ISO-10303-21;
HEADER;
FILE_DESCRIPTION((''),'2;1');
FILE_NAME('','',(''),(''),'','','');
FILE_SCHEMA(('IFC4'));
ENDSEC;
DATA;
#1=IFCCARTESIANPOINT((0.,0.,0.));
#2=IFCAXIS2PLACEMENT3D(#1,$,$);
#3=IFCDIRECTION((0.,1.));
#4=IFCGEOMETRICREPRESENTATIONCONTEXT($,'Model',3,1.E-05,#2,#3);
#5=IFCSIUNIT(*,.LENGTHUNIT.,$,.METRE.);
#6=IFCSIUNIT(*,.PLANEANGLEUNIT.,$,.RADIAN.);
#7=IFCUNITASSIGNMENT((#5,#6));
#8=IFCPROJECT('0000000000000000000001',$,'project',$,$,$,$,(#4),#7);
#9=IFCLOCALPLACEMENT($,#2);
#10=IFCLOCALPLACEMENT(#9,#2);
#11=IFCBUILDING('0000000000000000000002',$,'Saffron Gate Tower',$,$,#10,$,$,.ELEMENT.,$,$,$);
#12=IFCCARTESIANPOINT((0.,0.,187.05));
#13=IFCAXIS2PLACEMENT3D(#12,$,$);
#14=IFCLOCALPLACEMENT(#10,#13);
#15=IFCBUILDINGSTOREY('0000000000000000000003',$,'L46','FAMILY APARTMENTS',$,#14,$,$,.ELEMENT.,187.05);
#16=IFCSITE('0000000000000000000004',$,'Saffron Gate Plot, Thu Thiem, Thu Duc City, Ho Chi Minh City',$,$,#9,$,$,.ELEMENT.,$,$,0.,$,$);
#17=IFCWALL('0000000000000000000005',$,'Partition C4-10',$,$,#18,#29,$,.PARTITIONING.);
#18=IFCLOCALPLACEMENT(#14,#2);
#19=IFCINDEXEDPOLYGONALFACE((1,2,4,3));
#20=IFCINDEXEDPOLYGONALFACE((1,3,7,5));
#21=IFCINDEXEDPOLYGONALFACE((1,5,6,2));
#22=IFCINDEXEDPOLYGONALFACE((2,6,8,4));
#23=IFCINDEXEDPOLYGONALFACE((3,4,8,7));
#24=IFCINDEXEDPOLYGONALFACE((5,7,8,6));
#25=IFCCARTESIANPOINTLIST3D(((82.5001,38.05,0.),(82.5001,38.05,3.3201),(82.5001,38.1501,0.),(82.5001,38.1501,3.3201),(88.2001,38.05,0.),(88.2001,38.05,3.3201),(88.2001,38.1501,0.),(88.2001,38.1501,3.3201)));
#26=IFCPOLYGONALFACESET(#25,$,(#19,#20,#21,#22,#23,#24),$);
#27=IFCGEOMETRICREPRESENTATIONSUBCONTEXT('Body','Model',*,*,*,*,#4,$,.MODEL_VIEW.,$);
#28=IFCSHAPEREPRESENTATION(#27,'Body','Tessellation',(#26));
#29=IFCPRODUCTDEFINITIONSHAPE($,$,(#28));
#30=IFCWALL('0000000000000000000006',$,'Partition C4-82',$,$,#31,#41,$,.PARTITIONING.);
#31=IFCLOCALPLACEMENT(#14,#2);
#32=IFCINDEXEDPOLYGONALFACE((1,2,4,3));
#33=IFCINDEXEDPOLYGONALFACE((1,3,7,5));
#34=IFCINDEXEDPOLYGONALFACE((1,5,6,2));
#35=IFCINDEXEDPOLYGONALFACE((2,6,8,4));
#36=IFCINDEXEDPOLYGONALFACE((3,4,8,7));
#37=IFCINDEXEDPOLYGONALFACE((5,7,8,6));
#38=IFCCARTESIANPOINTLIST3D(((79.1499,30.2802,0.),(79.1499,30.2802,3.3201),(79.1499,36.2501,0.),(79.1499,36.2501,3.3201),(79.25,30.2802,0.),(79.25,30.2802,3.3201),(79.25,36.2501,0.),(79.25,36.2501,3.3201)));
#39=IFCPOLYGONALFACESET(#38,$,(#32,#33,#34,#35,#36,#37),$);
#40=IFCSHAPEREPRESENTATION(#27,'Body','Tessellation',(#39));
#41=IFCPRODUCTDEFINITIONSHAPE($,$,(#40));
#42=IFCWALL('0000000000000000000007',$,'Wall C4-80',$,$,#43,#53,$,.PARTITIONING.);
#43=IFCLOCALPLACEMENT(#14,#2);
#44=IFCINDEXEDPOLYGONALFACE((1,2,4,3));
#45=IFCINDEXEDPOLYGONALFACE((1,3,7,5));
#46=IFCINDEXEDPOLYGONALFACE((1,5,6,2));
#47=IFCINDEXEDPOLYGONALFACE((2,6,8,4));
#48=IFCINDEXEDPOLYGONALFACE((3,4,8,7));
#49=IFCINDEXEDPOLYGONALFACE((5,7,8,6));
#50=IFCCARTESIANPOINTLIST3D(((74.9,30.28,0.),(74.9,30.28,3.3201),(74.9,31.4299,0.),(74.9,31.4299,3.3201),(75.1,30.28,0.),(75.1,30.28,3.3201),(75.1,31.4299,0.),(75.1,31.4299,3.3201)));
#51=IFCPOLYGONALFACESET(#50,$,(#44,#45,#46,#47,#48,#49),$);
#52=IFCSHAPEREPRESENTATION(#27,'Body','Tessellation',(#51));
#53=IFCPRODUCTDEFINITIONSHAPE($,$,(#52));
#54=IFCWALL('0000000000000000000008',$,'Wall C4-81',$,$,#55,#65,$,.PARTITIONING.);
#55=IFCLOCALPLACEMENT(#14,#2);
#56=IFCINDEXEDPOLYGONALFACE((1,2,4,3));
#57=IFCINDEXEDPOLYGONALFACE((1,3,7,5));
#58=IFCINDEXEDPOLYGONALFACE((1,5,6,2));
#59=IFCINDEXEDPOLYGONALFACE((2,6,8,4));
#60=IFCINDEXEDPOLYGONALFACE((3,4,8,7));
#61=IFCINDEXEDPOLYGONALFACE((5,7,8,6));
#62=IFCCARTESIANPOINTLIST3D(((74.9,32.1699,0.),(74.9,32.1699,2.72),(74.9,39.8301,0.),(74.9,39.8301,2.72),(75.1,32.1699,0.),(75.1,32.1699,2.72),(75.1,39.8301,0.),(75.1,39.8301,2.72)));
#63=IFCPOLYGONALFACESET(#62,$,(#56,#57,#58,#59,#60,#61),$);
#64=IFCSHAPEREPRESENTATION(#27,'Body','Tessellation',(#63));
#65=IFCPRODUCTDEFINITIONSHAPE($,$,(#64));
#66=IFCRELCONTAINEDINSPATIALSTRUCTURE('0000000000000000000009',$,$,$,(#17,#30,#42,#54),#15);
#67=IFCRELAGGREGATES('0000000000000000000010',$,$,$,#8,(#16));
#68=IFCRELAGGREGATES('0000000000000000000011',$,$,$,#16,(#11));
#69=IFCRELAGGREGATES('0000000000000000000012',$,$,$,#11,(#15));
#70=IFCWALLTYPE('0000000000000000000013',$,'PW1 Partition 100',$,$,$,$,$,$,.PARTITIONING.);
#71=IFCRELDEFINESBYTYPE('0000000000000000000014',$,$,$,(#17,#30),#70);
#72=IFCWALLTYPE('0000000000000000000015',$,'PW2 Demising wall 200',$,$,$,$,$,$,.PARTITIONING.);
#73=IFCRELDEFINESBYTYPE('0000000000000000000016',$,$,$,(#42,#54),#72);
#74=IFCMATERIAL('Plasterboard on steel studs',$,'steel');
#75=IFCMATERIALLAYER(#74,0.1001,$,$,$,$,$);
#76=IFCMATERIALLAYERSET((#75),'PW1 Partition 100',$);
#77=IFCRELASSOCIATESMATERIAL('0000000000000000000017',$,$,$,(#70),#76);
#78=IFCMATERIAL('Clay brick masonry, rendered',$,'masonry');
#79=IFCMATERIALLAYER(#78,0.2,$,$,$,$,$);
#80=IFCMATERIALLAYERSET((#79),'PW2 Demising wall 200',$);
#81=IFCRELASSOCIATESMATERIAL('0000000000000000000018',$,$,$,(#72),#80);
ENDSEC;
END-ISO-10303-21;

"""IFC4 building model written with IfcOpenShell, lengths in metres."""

from ifc_helpers import new_model, si_unit, direction, frame, frame_2d, origin, place, context, subcontext, project, spatial, rectangle, extrude, material, layer, layer_set, type_object, element, save


model = new_model("IFC4")

# Units and contexts
model_context = context("Model", 3, precision=1e-05, world=origin(), true_north=direction((0.0, 1.0)))
body_context = subcontext(model_context, "Body", "Model", "MODEL_VIEW")
ifc_project = project(units=[si_unit("LENGTHUNIT", "METRE"), si_unit("PLANEANGLEUNIT", "RADIAN")], contexts=[model_context])

# Site, building, storey
site_placement = place(None, origin())
site = spatial("IfcSite", under=ifc_project, at=site_placement, Name="Saffron Gate Plot, Thu Thiem, Thu Duc City, Ho Chi Minh City", CompositionType="ELEMENT", RefElevation=0.0)
building_placement = place(site_placement, origin())
building = spatial("IfcBuilding", under=site, at=building_placement, Name="Saffron Gate Tower", CompositionType="ELEMENT")
storey_placement = place(building_placement, frame((0.0, 0.0, 187.05)))
storey = spatial("IfcBuildingStorey", under=building, at=storey_placement, Name="L46", Description="FAMILY APARTMENTS", CompositionType="ELEMENT", Elevation=187.05)

# Shared definitions
ifc_material_1 = material(Name="Plasterboard on steel studs", Category="steel")
ifc_layer_1 = layer(ifc_material_1, 0.1001)
ifc_layer_set_1 = layer_set([ifc_layer_1], Name="PW1 Partition 100")
wall_type_1 = type_object("IfcWallType", Name="PW1 Partition 100", PredefinedType="PARTITIONING", material=ifc_layer_set_1)

# Walls
wall_1_placement = place(storey_placement, frame((82.5, 38.1001, 0.0), z_axis=(0.0, 0.0, 1.0), x_axis=(1.0, 0.0, 0.0)))
element("IfcWall", 1, at=wall_1_placement, inside=storey, type_object=wall_type_1, Name="Partition C4-10", PredefinedType="PARTITIONING", context=body_context, shape_type="SweptSolid", body=[
    extrude(rectangle(XDim=5.7, YDim=0.1001, at=frame_2d((2.8501, 0.0))), origin(), (0.0, 0.0, 1.0), 3.3201),
])
wall_2_placement = place(storey_placement, frame((79.2, 36.25, 0.0), z_axis=(0.0, 0.0, 1.0), x_axis=(0.0, -1.0, 0.0)))
element("IfcWall", 2, at=wall_2_placement, inside=storey, type_object=wall_type_1, Name="Partition C4-82", PredefinedType="PARTITIONING", context=body_context, shape_type="SweptSolid", body=[
    extrude(rectangle(XDim=5.97, YDim=0.1001, at=frame_2d((2.9849, 0.0))), origin(), (0.0, 0.0, 1.0), 3.3201),
])
ifc_material_2 = material(Name="Clay brick masonry, rendered", Category="masonry")
ifc_layer_2 = layer(ifc_material_2, 0.2)
ifc_layer_set_2 = layer_set([ifc_layer_2], Name="PW2 Demising wall 200")
wall_type_2 = type_object("IfcWallType", Name="PW2 Demising wall 200", PredefinedType="PARTITIONING", material=ifc_layer_set_2)
wall_3_placement = place(storey_placement, frame((75.0, 31.4299, 0.0), z_axis=(0.0, 0.0, 1.0), x_axis=(0.0, -1.0, 0.0)))
element("IfcWall", 3, at=wall_3_placement, inside=storey, type_object=wall_type_2, Name="Wall C4-80", PredefinedType="PARTITIONING", context=body_context, shape_type="SweptSolid", body=[
    extrude(rectangle(XDim=1.1499, YDim=0.2, at=frame_2d((0.575, 0.0))), origin(), (0.0, 0.0, 1.0), 3.3201),
])
wall_4_placement = place(storey_placement, frame((75.0, 39.8301, 0.0), z_axis=(0.0, 0.0, 1.0), x_axis=(0.0, -1.0, 0.0)))
element("IfcWall", 4, at=wall_4_placement, inside=storey, type_object=wall_type_2, Name="Wall C4-81", PredefinedType="PARTITIONING", context=body_context, shape_type="SweptSolid", body=[
    extrude(rectangle(XDim=7.6602, YDim=0.2, at=frame_2d((3.8301, 0.0))), origin(), (0.0, 0.0, 1.0), 2.72),
])

save(model, "model.ifc")
